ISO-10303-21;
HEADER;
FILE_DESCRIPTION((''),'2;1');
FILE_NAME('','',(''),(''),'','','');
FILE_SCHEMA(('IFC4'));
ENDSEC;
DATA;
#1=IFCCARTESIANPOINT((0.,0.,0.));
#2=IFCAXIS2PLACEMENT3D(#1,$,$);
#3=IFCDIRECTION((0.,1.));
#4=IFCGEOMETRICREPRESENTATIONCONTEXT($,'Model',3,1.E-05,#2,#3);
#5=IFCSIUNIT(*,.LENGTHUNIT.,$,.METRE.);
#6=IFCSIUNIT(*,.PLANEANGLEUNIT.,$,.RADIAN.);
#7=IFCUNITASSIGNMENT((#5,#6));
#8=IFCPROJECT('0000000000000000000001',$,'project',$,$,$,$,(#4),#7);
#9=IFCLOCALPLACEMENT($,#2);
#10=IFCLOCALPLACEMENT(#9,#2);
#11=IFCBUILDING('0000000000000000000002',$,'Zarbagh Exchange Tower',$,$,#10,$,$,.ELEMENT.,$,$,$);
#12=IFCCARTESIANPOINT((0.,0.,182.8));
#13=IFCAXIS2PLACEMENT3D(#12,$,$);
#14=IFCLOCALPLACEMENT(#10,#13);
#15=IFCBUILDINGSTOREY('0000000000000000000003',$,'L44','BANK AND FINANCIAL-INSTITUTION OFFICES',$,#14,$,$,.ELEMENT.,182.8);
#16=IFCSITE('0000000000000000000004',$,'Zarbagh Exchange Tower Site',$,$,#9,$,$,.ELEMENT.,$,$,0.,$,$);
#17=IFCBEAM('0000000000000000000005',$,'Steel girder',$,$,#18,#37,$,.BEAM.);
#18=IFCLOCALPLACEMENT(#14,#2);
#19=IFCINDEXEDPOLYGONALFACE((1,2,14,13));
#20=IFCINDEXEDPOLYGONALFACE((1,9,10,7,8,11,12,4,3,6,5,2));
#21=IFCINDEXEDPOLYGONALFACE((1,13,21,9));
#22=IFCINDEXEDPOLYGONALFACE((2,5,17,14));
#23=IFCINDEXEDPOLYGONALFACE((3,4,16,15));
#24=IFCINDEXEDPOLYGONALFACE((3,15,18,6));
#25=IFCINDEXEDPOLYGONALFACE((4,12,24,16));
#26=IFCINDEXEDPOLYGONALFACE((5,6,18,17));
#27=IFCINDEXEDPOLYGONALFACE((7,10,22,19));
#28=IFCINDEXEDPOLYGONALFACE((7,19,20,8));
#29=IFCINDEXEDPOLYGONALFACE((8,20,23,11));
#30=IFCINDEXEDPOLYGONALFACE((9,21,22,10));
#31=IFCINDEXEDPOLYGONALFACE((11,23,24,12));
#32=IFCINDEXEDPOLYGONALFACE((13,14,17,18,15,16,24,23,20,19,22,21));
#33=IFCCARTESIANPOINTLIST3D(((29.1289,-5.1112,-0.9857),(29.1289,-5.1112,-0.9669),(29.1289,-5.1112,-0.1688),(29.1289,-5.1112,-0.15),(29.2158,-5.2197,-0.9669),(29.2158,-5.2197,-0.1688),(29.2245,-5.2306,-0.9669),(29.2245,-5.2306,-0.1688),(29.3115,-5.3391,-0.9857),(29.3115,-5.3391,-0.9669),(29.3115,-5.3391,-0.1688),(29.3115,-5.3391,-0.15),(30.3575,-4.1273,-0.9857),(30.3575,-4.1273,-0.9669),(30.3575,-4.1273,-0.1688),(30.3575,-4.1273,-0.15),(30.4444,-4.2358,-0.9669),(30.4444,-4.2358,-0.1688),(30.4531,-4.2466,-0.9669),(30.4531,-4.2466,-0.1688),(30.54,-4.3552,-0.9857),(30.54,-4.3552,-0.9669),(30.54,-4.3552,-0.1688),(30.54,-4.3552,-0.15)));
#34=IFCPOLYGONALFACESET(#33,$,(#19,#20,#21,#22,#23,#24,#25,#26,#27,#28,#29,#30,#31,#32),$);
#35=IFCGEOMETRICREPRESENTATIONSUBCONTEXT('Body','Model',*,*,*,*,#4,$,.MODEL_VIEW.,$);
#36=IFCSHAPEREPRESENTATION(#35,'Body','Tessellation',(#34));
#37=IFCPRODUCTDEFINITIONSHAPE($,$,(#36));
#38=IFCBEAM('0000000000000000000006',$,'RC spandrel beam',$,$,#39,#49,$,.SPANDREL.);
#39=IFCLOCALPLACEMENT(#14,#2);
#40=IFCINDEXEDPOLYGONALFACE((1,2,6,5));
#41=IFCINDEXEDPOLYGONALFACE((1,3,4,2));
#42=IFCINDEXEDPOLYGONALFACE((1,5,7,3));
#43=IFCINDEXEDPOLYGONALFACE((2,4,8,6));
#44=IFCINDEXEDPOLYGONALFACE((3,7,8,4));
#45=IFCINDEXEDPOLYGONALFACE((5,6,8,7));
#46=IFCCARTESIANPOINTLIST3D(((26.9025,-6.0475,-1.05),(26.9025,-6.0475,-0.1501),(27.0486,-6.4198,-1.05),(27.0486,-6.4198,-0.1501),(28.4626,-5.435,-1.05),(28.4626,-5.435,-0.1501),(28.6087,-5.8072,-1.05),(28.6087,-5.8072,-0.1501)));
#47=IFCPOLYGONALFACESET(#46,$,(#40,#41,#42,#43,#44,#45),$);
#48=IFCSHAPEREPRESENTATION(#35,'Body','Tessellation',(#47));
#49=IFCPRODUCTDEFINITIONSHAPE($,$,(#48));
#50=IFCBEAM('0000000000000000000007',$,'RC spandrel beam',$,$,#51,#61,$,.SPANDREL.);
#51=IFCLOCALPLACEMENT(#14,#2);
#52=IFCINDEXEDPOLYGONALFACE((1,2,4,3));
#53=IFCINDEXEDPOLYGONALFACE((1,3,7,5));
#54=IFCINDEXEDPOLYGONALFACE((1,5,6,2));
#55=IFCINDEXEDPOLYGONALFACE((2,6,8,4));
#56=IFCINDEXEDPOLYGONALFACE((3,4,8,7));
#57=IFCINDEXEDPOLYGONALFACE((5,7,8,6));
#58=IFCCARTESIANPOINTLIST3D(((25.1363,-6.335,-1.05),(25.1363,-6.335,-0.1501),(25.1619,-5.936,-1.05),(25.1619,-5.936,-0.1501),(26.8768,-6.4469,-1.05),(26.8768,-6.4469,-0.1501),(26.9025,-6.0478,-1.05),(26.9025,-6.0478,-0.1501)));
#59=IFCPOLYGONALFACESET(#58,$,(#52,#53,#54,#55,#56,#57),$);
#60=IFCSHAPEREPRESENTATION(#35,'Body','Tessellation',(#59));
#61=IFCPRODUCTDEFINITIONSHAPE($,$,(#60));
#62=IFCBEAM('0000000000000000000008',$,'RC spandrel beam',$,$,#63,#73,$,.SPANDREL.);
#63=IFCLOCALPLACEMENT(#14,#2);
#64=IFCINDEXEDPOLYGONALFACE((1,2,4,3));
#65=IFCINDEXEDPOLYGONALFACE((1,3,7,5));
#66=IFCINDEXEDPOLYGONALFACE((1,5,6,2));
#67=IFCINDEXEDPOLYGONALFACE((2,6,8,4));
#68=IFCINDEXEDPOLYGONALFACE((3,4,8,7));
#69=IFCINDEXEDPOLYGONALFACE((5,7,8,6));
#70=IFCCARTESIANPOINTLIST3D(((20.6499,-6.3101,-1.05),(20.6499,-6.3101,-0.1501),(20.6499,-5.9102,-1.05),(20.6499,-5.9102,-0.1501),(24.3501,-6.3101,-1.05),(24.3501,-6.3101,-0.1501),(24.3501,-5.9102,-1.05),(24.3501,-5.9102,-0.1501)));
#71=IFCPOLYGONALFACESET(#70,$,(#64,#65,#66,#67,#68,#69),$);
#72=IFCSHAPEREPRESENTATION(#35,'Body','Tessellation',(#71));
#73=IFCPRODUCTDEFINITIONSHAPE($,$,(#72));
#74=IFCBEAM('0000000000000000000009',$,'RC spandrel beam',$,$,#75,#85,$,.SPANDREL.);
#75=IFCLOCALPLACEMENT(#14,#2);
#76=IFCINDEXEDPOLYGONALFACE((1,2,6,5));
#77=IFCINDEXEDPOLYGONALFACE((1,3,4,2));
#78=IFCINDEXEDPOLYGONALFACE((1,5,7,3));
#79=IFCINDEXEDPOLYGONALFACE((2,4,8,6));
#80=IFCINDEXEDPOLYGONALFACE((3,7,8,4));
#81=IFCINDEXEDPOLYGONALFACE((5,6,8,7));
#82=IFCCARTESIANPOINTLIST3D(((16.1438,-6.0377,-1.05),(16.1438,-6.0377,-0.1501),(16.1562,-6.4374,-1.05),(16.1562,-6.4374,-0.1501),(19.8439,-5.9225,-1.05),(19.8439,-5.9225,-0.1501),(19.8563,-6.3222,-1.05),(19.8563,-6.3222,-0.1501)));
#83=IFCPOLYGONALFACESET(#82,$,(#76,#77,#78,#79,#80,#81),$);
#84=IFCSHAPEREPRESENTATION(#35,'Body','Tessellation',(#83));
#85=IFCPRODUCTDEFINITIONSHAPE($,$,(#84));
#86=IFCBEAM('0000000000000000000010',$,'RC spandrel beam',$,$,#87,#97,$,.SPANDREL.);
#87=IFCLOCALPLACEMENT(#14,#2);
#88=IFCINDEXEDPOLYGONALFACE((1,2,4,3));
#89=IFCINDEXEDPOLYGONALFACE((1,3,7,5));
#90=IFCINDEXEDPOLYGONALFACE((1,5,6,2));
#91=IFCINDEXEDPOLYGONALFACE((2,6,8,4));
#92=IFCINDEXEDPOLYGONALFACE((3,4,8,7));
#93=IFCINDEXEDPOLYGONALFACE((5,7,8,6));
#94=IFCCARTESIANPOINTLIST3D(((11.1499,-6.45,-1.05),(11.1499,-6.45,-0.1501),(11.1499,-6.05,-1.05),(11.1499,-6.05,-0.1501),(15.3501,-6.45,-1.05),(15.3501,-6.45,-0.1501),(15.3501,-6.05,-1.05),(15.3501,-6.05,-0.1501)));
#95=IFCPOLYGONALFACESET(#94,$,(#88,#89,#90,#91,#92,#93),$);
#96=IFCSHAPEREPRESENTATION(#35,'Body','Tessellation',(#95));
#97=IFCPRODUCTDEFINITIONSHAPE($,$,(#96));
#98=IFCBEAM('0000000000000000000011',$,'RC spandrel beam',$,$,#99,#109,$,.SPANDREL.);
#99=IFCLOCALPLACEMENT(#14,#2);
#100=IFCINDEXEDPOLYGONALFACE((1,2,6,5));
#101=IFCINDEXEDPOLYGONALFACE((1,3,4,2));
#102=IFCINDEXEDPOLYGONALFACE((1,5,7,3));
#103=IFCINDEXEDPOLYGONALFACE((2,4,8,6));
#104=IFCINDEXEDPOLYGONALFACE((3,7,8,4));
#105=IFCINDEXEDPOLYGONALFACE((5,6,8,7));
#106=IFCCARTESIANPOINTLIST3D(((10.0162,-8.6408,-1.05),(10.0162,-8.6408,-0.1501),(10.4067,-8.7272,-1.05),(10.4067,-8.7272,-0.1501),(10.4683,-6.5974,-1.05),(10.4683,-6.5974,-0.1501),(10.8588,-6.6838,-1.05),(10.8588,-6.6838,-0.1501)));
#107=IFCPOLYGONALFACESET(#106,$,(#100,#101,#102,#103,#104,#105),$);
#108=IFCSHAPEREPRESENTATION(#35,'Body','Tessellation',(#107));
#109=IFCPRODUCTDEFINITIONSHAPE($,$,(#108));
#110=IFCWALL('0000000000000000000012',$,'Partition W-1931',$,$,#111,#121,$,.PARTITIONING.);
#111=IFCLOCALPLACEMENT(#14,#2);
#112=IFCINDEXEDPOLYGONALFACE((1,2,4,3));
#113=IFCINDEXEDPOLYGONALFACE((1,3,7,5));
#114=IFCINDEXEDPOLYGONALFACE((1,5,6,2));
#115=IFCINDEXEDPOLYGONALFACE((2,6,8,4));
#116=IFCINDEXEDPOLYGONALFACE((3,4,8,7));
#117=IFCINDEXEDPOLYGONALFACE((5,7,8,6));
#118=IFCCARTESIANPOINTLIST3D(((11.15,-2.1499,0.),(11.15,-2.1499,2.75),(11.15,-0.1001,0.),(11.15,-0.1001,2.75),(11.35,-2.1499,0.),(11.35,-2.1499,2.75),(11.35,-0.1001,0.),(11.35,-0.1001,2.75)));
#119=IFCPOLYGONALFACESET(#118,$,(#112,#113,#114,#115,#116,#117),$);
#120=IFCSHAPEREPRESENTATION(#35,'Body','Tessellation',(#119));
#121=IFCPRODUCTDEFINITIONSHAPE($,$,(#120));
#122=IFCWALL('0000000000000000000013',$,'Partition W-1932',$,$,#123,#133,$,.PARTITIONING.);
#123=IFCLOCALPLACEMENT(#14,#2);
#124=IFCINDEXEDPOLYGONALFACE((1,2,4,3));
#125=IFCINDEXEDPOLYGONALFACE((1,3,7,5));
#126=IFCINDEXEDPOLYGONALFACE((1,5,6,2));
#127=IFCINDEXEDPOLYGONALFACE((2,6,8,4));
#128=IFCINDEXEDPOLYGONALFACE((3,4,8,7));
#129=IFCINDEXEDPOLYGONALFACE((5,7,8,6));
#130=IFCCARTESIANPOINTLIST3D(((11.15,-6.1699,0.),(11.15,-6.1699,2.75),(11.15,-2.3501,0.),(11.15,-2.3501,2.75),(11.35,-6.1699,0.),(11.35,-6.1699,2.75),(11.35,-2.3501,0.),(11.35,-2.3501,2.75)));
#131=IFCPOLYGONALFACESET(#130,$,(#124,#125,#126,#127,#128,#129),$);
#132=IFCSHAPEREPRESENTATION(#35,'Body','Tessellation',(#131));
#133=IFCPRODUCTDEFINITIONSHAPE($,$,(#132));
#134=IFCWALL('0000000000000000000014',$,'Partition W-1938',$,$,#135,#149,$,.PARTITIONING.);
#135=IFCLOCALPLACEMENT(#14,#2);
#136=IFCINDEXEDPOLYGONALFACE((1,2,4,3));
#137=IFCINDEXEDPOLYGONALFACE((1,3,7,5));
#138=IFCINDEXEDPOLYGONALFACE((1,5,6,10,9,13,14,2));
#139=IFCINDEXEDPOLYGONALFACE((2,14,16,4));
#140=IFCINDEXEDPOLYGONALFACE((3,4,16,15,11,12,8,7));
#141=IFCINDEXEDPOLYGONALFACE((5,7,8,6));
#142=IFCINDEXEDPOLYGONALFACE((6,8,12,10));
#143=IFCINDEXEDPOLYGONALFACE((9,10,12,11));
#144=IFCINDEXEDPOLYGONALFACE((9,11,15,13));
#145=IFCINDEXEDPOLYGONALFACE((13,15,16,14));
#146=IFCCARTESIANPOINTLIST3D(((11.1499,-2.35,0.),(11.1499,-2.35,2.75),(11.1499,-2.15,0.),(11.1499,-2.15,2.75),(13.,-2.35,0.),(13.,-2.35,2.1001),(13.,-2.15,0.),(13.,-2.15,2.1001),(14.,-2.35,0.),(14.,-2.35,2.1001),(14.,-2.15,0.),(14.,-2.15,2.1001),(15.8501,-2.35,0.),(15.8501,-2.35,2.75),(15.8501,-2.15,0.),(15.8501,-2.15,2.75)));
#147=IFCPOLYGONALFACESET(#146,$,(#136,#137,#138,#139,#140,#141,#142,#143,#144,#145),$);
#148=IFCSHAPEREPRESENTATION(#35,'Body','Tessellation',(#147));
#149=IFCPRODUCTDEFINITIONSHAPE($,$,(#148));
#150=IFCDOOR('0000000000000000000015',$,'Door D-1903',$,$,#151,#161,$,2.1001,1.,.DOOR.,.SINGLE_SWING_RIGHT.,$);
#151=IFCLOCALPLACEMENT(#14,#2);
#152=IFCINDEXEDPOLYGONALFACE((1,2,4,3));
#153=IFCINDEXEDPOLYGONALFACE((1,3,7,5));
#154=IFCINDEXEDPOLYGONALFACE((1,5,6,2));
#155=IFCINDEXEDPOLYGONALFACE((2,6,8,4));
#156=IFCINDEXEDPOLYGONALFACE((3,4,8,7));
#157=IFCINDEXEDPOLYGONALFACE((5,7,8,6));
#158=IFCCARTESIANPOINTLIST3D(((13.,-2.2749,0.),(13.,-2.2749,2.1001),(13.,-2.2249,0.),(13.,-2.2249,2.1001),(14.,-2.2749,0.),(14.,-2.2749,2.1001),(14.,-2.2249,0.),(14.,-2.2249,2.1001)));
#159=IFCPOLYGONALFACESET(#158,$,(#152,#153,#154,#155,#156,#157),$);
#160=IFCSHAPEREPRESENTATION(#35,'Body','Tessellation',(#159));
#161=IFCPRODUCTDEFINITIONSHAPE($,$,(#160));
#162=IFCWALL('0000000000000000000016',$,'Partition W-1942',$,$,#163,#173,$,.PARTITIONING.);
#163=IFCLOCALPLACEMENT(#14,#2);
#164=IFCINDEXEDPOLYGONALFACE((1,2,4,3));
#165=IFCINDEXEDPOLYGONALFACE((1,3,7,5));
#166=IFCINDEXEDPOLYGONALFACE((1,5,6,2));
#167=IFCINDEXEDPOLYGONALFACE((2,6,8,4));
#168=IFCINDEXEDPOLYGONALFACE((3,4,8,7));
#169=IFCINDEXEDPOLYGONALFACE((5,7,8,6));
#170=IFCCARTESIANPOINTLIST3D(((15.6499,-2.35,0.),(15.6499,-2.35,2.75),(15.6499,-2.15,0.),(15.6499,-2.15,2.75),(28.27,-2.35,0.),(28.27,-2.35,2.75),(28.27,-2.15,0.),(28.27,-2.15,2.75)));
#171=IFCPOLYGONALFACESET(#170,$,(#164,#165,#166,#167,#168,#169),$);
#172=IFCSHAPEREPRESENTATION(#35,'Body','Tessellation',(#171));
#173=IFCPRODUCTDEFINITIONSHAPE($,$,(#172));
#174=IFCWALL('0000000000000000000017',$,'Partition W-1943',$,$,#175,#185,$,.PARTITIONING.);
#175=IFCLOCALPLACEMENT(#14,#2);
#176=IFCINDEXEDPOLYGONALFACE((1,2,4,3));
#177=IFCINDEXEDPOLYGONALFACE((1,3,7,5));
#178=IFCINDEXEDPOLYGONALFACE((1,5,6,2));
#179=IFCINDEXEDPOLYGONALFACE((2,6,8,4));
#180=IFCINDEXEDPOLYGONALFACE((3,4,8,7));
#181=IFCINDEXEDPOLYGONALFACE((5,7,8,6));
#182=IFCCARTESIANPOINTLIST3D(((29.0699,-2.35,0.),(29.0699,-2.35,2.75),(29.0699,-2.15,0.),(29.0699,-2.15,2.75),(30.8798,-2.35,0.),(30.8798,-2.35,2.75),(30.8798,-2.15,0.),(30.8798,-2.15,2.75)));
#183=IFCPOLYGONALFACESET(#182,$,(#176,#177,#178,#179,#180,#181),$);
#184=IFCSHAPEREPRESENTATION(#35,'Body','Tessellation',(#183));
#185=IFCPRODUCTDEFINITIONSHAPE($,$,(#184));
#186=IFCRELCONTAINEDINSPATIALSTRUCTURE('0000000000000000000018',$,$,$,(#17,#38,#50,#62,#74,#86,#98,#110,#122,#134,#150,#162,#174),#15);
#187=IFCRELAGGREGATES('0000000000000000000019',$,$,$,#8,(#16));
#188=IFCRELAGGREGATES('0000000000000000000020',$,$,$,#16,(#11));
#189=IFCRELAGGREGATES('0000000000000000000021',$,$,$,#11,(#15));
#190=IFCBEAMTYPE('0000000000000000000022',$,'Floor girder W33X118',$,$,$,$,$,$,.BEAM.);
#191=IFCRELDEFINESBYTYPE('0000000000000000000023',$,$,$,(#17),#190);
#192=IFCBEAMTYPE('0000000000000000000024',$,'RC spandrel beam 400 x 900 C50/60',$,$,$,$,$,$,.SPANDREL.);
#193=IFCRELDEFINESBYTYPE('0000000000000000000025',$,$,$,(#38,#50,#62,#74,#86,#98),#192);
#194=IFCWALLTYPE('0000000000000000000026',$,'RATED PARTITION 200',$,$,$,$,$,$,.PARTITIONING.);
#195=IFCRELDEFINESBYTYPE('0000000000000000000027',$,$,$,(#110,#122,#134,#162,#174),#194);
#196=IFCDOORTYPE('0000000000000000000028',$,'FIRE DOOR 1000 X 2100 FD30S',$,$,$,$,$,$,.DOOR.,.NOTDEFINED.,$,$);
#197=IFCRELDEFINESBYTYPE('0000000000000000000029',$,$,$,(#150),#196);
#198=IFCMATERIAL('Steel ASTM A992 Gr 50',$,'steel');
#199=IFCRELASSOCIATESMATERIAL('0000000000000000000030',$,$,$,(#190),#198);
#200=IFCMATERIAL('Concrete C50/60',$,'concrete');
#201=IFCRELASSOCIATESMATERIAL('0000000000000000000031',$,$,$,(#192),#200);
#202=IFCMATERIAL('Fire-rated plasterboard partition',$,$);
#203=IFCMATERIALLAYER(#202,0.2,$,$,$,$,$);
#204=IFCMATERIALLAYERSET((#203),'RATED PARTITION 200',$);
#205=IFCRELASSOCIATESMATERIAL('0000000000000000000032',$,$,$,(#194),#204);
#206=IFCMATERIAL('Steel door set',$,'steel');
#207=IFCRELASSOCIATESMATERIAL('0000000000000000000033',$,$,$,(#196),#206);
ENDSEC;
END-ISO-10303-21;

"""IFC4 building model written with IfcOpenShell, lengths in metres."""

from ifc_helpers import new_model, si_unit, direction, frame, frame_2d, origin, origin_2d, place, context, subcontext, project, spatial, rectangle, i_section, extrude, material, layer, layer_set, material_profile, profile_set, type_object, element, fill, save


model = new_model("IFC4")

# Units and contexts
model_context = context("Model", 3, precision=1e-05, world=origin(), true_north=direction((0.0, 1.0)))
body_context = subcontext(model_context, "Body", "Model", "MODEL_VIEW")
ifc_project = project(units=[si_unit("LENGTHUNIT", "METRE"), si_unit("PLANEANGLEUNIT", "RADIAN")], contexts=[model_context])

# Site, building, storey
site_placement = place(None, origin())
site = spatial("IfcSite", under=ifc_project, at=site_placement, Name="Zarbagh Exchange Tower Site", CompositionType="ELEMENT", RefElevation=0.0)
building_placement = place(site_placement, origin())
building = spatial("IfcBuilding", under=site, at=building_placement, Name="Zarbagh Exchange Tower", CompositionType="ELEMENT")
storey_placement = place(building_placement, frame((0.0, 0.0, 182.8)))
storey = spatial("IfcBuildingStorey", under=building, at=storey_placement, Name="L44", Description="BANK AND FINANCIAL-INSTITUTION OFFICES", CompositionType="ELEMENT", Elevation=182.8)

# Shared definitions
ifc_material_1 = material(Name="Concrete C50/60", Category="concrete")

# Beams
ifc_material_2 = material(Name="Steel ASTM A992 Gr 50", Category="steel")
ifc_material_profile_1 = material_profile(ifc_material_2, i_section(OverallWidth=0.292, OverallDepth=0.8357, WebThickness=0.0139, FlangeThickness=0.0188, at=origin_2d()), Name="W33X118")
ifc_profile_set_1 = profile_set([ifc_material_profile_1], Name="Steel ASTM A992 Gr 50")
beam_type_1 = type_object("IfcBeamType", Name="Floor girder W33X118", PredefinedType="BEAM", material=ifc_profile_set_1)
beam_1_placement = place(storey_placement, frame((30.4487, -4.2412, -0.5679), z_axis=(-0.780536, -0.625111, 0.0), x_axis=(0.625111, -0.780536, 0.0)))
element("IfcBeam", 1, at=beam_1_placement, inside=storey, type_object=beam_type_1, Name="Steel girder", PredefinedType="BEAM", context=body_context, shape_type="SweptSolid", body=[
    extrude(i_section(OverallWidth=0.292, OverallDepth=0.8357, WebThickness=0.0139, FlangeThickness=0.0188, at=origin_2d()), origin(), (0.0, 0.0, 1.0), 1.574),
])
ifc_material_profile_2 = material_profile(ifc_material_1, rectangle(XDim=0.3999, YDim=0.8999, at=origin_2d()), Name="RC spandrel beam 400 x 900 C50/60")
ifc_profile_set_2 = profile_set([ifc_material_profile_2], Name="Concrete C50/60")
beam_type_2 = type_object("IfcBeamType", Name="RC spandrel beam 400 x 900 C50/60", PredefinedType="SPANDREL", material=ifc_profile_set_2)
beam_2_placement = place(storey_placement, frame((28.5356, -5.6211, -0.6001), z_axis=(-0.930819, -0.365481, 0.0), x_axis=(0.365481, -0.930819, 0.0)))
element("IfcBeam", 2, at=beam_2_placement, inside=storey, type_object=beam_type_2, Name="RC spandrel beam", PredefinedType="SPANDREL", context=body_context, shape_type="SweptSolid", body=[
    extrude(rectangle(XDim=0.3999, YDim=0.8999, at=origin_2d()), origin(), (0.0, 0.0, 1.0), 1.676),
])
beam_3_placement = place(storey_placement, frame((26.8896, -6.2473, -0.6001), z_axis=(-0.997943, 0.064112, 0.0), x_axis=(-0.064112, -0.997943, 0.0)))
element("IfcBeam", 3, at=beam_3_placement, inside=storey, type_object=beam_type_2, Name="RC spandrel beam", PredefinedType="SPANDREL", context=body_context, shape_type="SweptSolid", body=[
    extrude(rectangle(XDim=0.3999, YDim=0.8999, at=origin_2d()), origin(), (0.0, 0.0, 1.0), 1.7441),
])
beam_4_placement = place(storey_placement, frame((24.3501, -6.1101, -0.6001), z_axis=(-1.0, 0.0, 0.0), x_axis=(0.0, -1.0, 0.0)))
element("IfcBeam", 4, at=beam_4_placement, inside=storey, type_object=beam_type_2, Name="RC spandrel beam", PredefinedType="SPANDREL", context=body_context, shape_type="SweptSolid", body=[
    extrude(rectangle(XDim=0.3999, YDim=0.8999, at=origin_2d()), origin(), (0.0, 0.0, 1.0), 3.7002),
])
beam_5_placement = place(storey_placement, frame((19.8501, -6.1223, -0.6001), z_axis=(-0.999515, -0.031128, 0.0), x_axis=(0.031128, -0.999515, 0.0)))
element("IfcBeam", 5, at=beam_5_placement, inside=storey, type_object=beam_type_2, Name="RC spandrel beam", PredefinedType="SPANDREL", context=body_context, shape_type="SweptSolid", body=[
    extrude(rectangle(XDim=0.3999, YDim=0.8999, at=origin_2d()), origin(), (0.0, 0.0, 1.0), 3.7019),
])
beam_6_placement = place(storey_placement, frame((15.3501, -6.25, -0.6001), z_axis=(-1.0, 0.0, 0.0), x_axis=(0.0, -1.0, 0.0)))
element("IfcBeam", 6, at=beam_6_placement, inside=storey, type_object=beam_type_2, Name="RC spandrel beam", PredefinedType="SPANDREL", context=body_context, shape_type="SweptSolid", body=[
    extrude(rectangle(XDim=0.3999, YDim=0.8999, at=origin_2d()), origin(), (0.0, 0.0, 1.0), 4.2002),
])
beam_7_placement = place(storey_placement, frame((10.6636, -6.6406, -0.6001), z_axis=(-0.216041, -0.976384, 0.0), x_axis=(0.976384, -0.216041, 0.0)))
element("IfcBeam", 7, at=beam_7_placement, inside=storey, type_object=beam_type_2, Name="RC spandrel beam", PredefinedType="SPANDREL", context=body_context, shape_type="SweptSolid", body=[
    extrude(rectangle(XDim=0.3999, YDim=0.8999, at=origin_2d()), origin(), (0.0, 0.0, 1.0), 2.0928),
])

# Walls
ifc_material_3 = material(Name="Fire-rated plasterboard partition")
ifc_layer = layer(ifc_material_3, 0.2)
ifc_layer_set = layer_set([ifc_layer], Name="RATED PARTITION 200")
wall_type = type_object("IfcWallType", Name="RATED PARTITION 200", PredefinedType="PARTITIONING", material=ifc_layer_set)
wall_1_placement = place(storey_placement, frame((11.25, -2.1499, 0.0), z_axis=(0.0, 0.0, 1.0), x_axis=(0.0, 1.0, 0.0)))
element("IfcWall", 8, at=wall_1_placement, inside=storey, type_object=wall_type, Name="Partition W-1931", PredefinedType="PARTITIONING", context=body_context, shape_type="SweptSolid", body=[
    extrude(rectangle(XDim=2.0498, YDim=0.2, at=frame_2d((1.0249, 0.0))), origin(), (0.0, 0.0, 1.0), 2.75),
])
wall_2_placement = place(storey_placement, frame((11.25, -6.1699, 0.0), z_axis=(0.0, 0.0, 1.0), x_axis=(0.0, 1.0, 0.0)))
element("IfcWall", 9, at=wall_2_placement, inside=storey, type_object=wall_type, Name="Partition W-1932", PredefinedType="PARTITIONING", context=body_context, shape_type="SweptSolid", body=[
    extrude(rectangle(XDim=3.8198, YDim=0.2, at=frame_2d((1.9099, 0.0))), origin(), (0.0, 0.0, 1.0), 2.75),
])

# Wall, opening, door
wall_3_placement = place(storey_placement, frame((15.8501, -2.25, 0.0), z_axis=(0.0, 0.0, 1.0), x_axis=(-1.0, 0.0, 0.0)))
wall_3 = element("IfcWall", 10, at=wall_3_placement, inside=storey, type_object=wall_type, Name="Partition W-1938", PredefinedType="PARTITIONING", context=body_context, shape_type="SweptSolid", body=[
    extrude(rectangle(XDim=4.7002, YDim=0.2, at=frame_2d((2.3501, 0.0))), origin(), (0.0, 0.0, 1.0), 2.75),
])
opening_placement = place(wall_3_placement, frame((1.8501, 0.0, 0.0)))
opening = element("IfcOpeningElement", 11, at=opening_placement, cuts=wall_3, PredefinedType="OPENING", context=body_context, shape_type="SweptSolid", body=[
    extrude(rectangle(XDim=1.0, YDim=2.1001, at=frame_2d((0.5, 1.05))), frame((0.0, 0.1099, 0.0), z_axis=(0.0, -1.0, 0.0), x_axis=(1.0, 0.0, 0.0)), (0.0, 0.0, 1.0), 0.22),
])
ifc_material_4 = material(Name="Steel door set", Category="steel")
door_type = type_object("IfcDoorType", Name="FIRE DOOR 1000 X 2100 FD30S", OperationType="NOTDEFINED", PredefinedType="DOOR", material=ifc_material_4)
door_placement = place(opening_placement, origin())
door = element("IfcDoor", 12, at=door_placement, inside=storey, type_object=door_type, Name="Door D-1903", OperationType="SINGLE_SWING_RIGHT", OverallHeight=2.1001, OverallWidth=1.0, PredefinedType="DOOR", context=body_context, shape_type="SweptSolid", body=[
    extrude(rectangle(XDim=1.0, YDim=2.1001, at=frame_2d((0.5, 1.05))), frame((0.0, 0.0249, 0.0), z_axis=(0.0, -1.0, 0.0), x_axis=(1.0, 0.0, 0.0)), (0.0, 0.0, 1.0), 0.05),
])
fill(opening, door)

# Walls
wall_4_placement = place(storey_placement, frame((15.6499, -2.25, 0.0), z_axis=(0.0, 0.0, 1.0), x_axis=(1.0, 0.0, 0.0)))
element("IfcWall", 13, at=wall_4_placement, inside=storey, type_object=wall_type, Name="Partition W-1942", PredefinedType="PARTITIONING", context=body_context, shape_type="SweptSolid", body=[
    extrude(rectangle(XDim=12.6201, YDim=0.2, at=frame_2d((6.3101, 0.0))), origin(), (0.0, 0.0, 1.0), 2.75),
])
wall_5_placement = place(storey_placement, frame((29.0701, -2.25, 0.0), z_axis=(0.0, 0.0, 1.0), x_axis=(1.0, 0.0, 0.0)))
element("IfcWall", 14, at=wall_5_placement, inside=storey, type_object=wall_type, Name="Partition W-1943", PredefinedType="PARTITIONING", context=body_context, shape_type="SweptSolid", body=[
    extrude(rectangle(XDim=1.8098, YDim=0.2, at=frame_2d((0.9048, 0.0))), origin(), (0.0, 0.0, 1.0), 2.75),
])

save(model, "model.ifc")
